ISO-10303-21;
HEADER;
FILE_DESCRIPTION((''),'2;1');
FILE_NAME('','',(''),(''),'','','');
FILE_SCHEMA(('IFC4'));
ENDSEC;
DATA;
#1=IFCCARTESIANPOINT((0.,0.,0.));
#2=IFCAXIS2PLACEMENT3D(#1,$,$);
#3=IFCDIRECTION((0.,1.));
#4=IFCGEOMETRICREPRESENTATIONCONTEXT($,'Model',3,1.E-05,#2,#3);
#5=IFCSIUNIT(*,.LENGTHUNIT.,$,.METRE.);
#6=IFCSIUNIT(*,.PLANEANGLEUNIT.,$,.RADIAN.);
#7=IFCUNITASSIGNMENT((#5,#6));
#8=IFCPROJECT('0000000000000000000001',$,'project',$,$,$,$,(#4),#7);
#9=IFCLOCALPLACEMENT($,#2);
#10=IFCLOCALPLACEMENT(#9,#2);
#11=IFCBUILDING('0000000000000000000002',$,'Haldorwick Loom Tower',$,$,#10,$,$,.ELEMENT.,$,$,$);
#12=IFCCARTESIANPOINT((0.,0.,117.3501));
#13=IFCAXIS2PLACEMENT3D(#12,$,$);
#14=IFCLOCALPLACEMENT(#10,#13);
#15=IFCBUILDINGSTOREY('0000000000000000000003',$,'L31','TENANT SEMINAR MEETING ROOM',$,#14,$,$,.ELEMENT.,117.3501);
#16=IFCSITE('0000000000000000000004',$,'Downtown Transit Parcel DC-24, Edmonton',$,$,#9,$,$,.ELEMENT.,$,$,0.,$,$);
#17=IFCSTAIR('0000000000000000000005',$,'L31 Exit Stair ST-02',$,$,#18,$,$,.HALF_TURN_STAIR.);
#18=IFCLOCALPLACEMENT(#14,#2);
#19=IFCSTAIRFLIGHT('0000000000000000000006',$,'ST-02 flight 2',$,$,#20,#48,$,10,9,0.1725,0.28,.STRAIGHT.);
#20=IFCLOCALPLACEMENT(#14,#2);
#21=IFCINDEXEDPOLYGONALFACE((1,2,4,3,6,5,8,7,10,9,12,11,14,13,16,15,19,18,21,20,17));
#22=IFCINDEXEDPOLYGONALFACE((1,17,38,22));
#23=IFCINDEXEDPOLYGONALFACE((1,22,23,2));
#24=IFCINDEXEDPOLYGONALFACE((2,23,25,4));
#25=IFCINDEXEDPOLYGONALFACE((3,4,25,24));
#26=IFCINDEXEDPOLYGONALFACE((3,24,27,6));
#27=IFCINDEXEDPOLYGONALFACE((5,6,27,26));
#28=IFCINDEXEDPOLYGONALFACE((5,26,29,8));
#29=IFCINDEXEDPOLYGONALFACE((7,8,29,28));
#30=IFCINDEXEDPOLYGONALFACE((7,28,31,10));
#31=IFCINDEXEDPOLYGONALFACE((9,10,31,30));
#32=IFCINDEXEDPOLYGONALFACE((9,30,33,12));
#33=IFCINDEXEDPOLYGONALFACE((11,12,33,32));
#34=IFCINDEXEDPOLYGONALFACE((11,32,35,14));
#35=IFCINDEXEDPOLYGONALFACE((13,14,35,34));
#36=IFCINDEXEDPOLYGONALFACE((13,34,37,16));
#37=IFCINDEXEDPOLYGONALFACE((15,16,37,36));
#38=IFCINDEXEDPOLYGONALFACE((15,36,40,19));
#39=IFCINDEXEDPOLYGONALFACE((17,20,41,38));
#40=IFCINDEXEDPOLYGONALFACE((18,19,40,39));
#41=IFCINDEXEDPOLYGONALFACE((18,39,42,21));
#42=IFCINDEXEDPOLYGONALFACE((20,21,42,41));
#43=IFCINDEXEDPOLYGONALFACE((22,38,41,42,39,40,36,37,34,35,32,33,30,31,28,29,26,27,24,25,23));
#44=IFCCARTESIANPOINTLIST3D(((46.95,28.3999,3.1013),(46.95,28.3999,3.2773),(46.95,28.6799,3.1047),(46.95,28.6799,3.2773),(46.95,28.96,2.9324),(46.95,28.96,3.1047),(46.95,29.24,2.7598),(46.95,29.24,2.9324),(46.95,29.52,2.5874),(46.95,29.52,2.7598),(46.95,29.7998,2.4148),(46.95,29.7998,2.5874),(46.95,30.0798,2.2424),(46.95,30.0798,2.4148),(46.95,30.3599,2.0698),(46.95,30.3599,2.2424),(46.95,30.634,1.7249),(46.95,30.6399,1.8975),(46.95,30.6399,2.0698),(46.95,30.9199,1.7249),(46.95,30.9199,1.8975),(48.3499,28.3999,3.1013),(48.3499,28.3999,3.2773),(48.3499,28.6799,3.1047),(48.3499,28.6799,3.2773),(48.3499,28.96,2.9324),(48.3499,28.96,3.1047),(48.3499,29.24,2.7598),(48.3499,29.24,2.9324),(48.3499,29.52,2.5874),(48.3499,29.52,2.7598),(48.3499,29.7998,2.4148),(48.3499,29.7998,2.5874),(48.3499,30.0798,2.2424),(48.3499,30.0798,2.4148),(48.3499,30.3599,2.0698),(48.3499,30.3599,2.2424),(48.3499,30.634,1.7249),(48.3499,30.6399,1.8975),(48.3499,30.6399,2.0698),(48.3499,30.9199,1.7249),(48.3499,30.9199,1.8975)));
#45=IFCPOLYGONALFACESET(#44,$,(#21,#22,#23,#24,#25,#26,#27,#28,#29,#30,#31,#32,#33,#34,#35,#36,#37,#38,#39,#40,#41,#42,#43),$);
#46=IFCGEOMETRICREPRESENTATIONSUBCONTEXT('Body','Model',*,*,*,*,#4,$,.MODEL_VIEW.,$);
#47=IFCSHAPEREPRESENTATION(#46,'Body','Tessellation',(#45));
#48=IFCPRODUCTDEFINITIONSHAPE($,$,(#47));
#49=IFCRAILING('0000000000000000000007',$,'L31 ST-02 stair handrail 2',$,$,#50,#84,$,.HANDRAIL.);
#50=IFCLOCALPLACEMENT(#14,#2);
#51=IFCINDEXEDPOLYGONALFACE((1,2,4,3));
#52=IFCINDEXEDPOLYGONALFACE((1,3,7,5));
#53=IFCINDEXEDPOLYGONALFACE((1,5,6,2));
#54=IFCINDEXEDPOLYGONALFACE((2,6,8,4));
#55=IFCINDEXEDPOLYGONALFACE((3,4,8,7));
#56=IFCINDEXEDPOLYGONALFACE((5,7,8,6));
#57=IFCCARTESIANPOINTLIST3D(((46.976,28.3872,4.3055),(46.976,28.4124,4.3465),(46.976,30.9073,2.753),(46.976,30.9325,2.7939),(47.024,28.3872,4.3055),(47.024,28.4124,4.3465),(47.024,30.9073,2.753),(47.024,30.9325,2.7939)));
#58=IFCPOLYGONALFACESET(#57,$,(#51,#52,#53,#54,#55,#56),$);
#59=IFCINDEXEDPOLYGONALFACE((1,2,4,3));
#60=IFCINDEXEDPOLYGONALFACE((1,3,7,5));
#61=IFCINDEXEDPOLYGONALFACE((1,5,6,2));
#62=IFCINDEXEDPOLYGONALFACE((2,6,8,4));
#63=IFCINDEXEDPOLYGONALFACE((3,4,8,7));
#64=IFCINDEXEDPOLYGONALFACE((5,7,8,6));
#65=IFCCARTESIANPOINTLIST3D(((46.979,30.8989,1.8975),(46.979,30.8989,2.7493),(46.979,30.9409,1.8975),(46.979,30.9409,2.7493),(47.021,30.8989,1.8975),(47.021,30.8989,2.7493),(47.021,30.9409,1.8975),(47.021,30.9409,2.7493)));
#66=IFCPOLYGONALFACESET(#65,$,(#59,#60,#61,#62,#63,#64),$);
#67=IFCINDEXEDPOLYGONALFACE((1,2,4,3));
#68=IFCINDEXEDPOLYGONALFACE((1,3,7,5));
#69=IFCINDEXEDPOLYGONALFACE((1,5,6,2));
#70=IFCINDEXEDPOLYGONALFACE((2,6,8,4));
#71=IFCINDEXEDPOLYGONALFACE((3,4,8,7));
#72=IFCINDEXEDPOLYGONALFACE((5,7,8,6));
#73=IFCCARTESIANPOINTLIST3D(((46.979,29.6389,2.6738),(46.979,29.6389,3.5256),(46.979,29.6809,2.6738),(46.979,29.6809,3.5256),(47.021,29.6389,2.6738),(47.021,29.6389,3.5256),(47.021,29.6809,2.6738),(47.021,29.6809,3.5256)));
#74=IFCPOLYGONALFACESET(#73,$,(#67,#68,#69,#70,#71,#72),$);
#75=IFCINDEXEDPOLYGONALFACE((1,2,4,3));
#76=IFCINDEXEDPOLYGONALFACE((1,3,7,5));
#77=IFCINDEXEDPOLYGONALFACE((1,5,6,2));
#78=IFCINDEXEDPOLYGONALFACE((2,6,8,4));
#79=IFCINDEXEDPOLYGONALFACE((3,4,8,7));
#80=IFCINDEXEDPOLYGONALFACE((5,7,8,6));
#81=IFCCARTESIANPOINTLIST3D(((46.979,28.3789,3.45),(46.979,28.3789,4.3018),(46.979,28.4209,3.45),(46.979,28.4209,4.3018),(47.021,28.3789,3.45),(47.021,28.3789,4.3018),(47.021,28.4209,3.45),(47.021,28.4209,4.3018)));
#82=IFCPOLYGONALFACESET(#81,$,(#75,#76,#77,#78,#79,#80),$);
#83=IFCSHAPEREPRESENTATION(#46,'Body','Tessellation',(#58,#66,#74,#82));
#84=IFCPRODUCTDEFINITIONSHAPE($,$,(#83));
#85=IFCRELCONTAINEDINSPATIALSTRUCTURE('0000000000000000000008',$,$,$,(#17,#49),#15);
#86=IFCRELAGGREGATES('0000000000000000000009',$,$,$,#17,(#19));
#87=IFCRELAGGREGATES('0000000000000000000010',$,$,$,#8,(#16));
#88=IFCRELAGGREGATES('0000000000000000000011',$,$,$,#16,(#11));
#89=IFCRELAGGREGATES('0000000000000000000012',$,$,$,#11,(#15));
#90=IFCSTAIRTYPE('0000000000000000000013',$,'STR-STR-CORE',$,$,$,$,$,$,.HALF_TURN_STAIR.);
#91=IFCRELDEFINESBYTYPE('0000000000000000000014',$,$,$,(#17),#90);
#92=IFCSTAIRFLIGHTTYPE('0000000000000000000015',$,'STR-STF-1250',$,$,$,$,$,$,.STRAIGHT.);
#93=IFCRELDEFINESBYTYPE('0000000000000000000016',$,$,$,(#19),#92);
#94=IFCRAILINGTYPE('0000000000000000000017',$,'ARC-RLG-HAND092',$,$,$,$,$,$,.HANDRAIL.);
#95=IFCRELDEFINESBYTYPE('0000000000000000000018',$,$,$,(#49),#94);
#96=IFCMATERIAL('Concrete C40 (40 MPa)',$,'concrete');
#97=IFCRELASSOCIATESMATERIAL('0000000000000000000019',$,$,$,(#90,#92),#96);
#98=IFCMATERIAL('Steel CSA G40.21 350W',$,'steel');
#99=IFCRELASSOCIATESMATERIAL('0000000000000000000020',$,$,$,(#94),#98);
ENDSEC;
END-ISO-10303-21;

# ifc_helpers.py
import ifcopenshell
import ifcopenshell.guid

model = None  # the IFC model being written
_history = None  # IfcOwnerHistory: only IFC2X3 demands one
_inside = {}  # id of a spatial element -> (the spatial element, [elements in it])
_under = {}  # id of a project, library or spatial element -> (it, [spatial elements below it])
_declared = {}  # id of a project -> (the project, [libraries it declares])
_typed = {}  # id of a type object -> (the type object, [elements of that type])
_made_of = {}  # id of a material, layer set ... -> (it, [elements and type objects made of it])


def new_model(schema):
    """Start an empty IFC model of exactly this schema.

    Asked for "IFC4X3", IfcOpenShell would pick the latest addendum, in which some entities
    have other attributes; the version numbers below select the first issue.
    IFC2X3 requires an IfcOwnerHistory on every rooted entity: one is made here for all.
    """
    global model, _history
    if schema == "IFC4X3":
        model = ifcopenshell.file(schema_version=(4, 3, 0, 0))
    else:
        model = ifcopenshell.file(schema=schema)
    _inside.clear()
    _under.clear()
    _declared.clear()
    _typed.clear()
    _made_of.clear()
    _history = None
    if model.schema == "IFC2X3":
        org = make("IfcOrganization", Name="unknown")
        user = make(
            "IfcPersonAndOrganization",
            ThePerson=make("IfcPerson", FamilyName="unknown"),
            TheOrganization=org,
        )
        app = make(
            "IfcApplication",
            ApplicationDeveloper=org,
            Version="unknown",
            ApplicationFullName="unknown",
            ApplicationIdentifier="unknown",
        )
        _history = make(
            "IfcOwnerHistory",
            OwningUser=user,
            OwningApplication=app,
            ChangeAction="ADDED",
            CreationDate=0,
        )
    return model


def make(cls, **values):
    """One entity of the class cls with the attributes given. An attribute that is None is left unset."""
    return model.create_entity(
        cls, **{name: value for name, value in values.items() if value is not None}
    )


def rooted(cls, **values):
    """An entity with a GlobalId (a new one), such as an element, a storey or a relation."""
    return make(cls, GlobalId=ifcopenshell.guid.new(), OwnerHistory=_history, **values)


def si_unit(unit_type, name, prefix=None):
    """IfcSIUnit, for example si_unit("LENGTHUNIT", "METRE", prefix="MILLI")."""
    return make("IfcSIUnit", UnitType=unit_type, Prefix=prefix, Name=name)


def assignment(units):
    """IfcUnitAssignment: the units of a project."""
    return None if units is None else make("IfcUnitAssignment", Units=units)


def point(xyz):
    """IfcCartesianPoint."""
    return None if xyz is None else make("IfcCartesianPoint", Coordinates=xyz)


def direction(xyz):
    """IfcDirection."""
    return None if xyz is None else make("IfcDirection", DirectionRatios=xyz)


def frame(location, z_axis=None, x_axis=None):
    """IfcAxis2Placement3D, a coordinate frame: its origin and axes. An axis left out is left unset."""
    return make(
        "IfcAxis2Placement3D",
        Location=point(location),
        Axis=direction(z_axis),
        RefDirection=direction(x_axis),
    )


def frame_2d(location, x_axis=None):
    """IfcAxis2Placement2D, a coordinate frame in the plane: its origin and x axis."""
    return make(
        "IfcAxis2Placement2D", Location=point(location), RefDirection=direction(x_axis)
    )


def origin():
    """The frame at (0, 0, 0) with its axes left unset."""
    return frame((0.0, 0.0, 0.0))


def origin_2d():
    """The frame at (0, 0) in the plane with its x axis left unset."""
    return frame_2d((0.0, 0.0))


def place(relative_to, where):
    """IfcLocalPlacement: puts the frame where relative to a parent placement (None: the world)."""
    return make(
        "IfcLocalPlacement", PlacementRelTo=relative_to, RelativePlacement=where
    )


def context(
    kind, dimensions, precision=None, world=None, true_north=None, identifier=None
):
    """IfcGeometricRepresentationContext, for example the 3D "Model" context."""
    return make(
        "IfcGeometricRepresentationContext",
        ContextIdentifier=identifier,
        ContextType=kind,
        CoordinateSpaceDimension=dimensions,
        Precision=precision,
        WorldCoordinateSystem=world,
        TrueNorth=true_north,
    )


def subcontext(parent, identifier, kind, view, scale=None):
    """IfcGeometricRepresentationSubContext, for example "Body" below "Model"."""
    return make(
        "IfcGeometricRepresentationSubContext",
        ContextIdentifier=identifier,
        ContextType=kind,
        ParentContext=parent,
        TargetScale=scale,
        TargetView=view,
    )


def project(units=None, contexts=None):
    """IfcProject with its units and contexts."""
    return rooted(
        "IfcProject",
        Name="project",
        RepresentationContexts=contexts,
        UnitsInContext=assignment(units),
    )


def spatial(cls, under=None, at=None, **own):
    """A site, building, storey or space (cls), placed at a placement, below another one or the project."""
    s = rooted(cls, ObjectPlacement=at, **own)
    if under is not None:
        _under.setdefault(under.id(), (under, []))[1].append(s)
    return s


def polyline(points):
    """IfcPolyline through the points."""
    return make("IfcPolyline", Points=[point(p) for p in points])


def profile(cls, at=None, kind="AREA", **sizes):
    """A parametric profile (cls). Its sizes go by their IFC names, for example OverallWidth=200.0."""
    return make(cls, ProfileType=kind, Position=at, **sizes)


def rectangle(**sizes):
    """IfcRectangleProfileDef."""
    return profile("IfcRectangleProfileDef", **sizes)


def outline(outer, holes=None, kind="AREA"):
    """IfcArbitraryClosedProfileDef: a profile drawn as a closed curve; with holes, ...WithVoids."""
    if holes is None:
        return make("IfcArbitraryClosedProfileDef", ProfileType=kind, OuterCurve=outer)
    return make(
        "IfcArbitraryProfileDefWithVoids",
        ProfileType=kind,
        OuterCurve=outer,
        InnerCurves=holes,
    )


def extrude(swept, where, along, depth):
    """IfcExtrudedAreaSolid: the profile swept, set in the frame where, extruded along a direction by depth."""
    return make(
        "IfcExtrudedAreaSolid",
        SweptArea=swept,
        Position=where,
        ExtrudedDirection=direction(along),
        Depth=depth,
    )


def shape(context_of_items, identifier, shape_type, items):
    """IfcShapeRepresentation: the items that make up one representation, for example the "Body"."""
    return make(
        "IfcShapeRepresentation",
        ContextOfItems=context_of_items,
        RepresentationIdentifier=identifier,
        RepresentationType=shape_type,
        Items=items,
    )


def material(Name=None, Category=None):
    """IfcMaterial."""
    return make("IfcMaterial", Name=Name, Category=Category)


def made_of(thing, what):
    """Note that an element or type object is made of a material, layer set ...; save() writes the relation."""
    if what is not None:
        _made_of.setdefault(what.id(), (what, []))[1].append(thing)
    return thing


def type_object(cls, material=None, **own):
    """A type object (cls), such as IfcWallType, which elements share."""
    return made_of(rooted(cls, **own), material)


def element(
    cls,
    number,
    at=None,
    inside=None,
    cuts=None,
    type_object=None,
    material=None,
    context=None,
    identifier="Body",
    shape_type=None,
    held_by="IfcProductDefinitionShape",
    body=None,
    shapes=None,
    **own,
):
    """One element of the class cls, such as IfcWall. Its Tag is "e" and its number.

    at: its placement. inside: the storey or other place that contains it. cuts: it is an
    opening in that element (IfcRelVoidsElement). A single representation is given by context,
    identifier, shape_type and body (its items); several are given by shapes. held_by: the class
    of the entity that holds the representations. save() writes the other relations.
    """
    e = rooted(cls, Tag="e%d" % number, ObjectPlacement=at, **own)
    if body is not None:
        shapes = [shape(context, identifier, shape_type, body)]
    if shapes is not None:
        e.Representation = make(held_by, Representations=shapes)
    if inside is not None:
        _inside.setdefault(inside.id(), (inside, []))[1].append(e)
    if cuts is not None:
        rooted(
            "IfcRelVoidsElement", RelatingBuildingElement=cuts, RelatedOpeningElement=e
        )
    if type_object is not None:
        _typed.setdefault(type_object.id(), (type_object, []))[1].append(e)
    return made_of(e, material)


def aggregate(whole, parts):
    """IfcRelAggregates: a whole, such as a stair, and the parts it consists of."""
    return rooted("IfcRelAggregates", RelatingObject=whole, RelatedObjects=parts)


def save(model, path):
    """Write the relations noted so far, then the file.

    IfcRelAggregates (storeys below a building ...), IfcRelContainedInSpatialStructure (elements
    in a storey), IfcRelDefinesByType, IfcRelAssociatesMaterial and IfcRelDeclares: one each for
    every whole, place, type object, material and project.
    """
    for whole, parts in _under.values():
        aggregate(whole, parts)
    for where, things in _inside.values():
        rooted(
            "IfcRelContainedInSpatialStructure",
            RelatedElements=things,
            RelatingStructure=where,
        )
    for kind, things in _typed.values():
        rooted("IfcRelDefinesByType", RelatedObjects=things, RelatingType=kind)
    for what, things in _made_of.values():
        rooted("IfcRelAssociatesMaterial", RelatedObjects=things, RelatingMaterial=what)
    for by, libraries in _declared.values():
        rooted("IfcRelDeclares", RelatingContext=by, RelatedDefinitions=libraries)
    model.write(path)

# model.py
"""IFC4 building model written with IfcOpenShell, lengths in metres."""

from ifc_helpers import new_model, si_unit, direction, frame, origin, origin_2d, place, context, subcontext, project, spatial, polyline, rectangle, outline, extrude, material, type_object, element, aggregate, save


model = new_model("IFC4")

# Units and contexts
model_context = context("Model", 3, precision=1e-05, world=origin(), true_north=direction((0.0, 1.0)))
body_context = subcontext(model_context, "Body", "Model", "MODEL_VIEW")
ifc_project = project(units=[si_unit("LENGTHUNIT", "METRE"), si_unit("PLANEANGLEUNIT", "RADIAN")], contexts=[model_context])

# Site, building, storey
site_placement = place(None, origin())
site = spatial("IfcSite", under=ifc_project, at=site_placement, Name="Downtown Transit Parcel DC-24, Edmonton", CompositionType="ELEMENT", RefElevation=0.0)
building_placement = place(site_placement, origin())
building = spatial("IfcBuilding", under=site, at=building_placement, Name="Haldorwick Loom Tower", CompositionType="ELEMENT")
storey_placement = place(building_placement, frame((0.0, 0.0, 117.3501)))
storey = spatial("IfcBuildingStorey", under=building, at=storey_placement, Name="L31", Description="TENANT SEMINAR MEETING ROOM", CompositionType="ELEMENT", Elevation=117.3501)

# Shared definitions
ifc_material_1 = material(Name="Steel CSA G40.21 350W", Category="steel")

# Stair, stair flight
ifc_material_2 = material(Name="Concrete C40 (40 MPa)", Category="concrete")
stair_type = type_object("IfcStairType", Name="STR-STR-CORE", PredefinedType="HALF_TURN_STAIR", material=ifc_material_2)
stair_placement = place(storey_placement, origin())
stair = element("IfcStair", 1, at=stair_placement, inside=storey, type_object=stair_type, Name="L31 Exit Stair ST-02", PredefinedType="HALF_TURN_STAIR")
stair_flight_type = type_object("IfcStairFlightType", Name="STR-STF-1250", PredefinedType="STRAIGHT", material=ifc_material_2)
stair_flight_placement = place(storey_placement, frame((47.6499, 30.9199, 1.7249), z_axis=(0.0, 0.0, 1.0), x_axis=(0.0, -1.0, 0.0)))
stair_flight = element("IfcStairFlight", 2, at=stair_flight_placement, type_object=stair_flight_type, Name="ST-02 flight 2", NumberOfRisers=10, NumberOfTreads=9, PredefinedType="STRAIGHT", RiserHeight=0.1725, TreadLength=0.28, context=body_context, shape_type="SweptSolid", body=[
    extrude(outline(polyline([(0.0, 0.0), (0.0, 0.1726), (0.28, 0.1726), (0.28, 0.345), (0.5601, 0.345), (0.5601, 0.5176), (0.8401, 0.5176), (0.8401, 0.6899), (1.1201, 0.6899), (1.1201, 0.8625), (1.3999, 0.8625), (1.3999, 1.0349), (1.6799, 1.0349), (1.6799, 1.2075), (1.96, 1.2075), (1.96, 1.3799), (2.24, 1.3799), (2.24, 1.5525), (2.52, 1.5525), (2.52, 1.7251), (2.52, 1.3765), (0.2859, 0.0), (0.0, 0.0)])), frame((0.0, 0.7, 0.0), z_axis=(0.0, -1.0, 0.0), x_axis=(1.0, 0.0, 0.0)), (0.0, 0.0, 1.0), 1.3999),
])
aggregate(stair, [stair_flight])

# Railing
railing_type = type_object("IfcRailingType", Name="ARC-RLG-HAND092", PredefinedType="HANDRAIL", material=ifc_material_1)
railing_placement = place(storey_placement, frame((47.0, 30.9199, 1.8975)))
element("IfcRailing", 3, at=railing_placement, inside=storey, type_object=railing_type, Name="L31 ST-02 stair handrail 2", PredefinedType="HANDRAIL", context=body_context, shape_type="SweptSolid", body=[
    extrude(rectangle(XDim=0.0481, YDim=0.0481, at=origin_2d()), frame((0.0, 0.0, 0.876), z_axis=(0.0, -0.8514, 0.524516), x_axis=(1.0, 0.0, 0.0)), (0.0, 0.0, 1.0), 2.96),
    extrude(rectangle(XDim=0.042, YDim=0.042, at=origin_2d()), origin(), (0.0, 0.0, 1.0), 0.8518),
    extrude(rectangle(XDim=0.042, YDim=0.042, at=origin_2d()), frame((0.0, -1.26, 0.7764)), (0.0, 0.0, 1.0), 0.8518),
    extrude(rectangle(XDim=0.042, YDim=0.042, at=origin_2d()), frame((0.0, -2.52, 1.5525)), (0.0, 0.0, 1.0), 0.8518),
])

save(model, "model.ifc")
